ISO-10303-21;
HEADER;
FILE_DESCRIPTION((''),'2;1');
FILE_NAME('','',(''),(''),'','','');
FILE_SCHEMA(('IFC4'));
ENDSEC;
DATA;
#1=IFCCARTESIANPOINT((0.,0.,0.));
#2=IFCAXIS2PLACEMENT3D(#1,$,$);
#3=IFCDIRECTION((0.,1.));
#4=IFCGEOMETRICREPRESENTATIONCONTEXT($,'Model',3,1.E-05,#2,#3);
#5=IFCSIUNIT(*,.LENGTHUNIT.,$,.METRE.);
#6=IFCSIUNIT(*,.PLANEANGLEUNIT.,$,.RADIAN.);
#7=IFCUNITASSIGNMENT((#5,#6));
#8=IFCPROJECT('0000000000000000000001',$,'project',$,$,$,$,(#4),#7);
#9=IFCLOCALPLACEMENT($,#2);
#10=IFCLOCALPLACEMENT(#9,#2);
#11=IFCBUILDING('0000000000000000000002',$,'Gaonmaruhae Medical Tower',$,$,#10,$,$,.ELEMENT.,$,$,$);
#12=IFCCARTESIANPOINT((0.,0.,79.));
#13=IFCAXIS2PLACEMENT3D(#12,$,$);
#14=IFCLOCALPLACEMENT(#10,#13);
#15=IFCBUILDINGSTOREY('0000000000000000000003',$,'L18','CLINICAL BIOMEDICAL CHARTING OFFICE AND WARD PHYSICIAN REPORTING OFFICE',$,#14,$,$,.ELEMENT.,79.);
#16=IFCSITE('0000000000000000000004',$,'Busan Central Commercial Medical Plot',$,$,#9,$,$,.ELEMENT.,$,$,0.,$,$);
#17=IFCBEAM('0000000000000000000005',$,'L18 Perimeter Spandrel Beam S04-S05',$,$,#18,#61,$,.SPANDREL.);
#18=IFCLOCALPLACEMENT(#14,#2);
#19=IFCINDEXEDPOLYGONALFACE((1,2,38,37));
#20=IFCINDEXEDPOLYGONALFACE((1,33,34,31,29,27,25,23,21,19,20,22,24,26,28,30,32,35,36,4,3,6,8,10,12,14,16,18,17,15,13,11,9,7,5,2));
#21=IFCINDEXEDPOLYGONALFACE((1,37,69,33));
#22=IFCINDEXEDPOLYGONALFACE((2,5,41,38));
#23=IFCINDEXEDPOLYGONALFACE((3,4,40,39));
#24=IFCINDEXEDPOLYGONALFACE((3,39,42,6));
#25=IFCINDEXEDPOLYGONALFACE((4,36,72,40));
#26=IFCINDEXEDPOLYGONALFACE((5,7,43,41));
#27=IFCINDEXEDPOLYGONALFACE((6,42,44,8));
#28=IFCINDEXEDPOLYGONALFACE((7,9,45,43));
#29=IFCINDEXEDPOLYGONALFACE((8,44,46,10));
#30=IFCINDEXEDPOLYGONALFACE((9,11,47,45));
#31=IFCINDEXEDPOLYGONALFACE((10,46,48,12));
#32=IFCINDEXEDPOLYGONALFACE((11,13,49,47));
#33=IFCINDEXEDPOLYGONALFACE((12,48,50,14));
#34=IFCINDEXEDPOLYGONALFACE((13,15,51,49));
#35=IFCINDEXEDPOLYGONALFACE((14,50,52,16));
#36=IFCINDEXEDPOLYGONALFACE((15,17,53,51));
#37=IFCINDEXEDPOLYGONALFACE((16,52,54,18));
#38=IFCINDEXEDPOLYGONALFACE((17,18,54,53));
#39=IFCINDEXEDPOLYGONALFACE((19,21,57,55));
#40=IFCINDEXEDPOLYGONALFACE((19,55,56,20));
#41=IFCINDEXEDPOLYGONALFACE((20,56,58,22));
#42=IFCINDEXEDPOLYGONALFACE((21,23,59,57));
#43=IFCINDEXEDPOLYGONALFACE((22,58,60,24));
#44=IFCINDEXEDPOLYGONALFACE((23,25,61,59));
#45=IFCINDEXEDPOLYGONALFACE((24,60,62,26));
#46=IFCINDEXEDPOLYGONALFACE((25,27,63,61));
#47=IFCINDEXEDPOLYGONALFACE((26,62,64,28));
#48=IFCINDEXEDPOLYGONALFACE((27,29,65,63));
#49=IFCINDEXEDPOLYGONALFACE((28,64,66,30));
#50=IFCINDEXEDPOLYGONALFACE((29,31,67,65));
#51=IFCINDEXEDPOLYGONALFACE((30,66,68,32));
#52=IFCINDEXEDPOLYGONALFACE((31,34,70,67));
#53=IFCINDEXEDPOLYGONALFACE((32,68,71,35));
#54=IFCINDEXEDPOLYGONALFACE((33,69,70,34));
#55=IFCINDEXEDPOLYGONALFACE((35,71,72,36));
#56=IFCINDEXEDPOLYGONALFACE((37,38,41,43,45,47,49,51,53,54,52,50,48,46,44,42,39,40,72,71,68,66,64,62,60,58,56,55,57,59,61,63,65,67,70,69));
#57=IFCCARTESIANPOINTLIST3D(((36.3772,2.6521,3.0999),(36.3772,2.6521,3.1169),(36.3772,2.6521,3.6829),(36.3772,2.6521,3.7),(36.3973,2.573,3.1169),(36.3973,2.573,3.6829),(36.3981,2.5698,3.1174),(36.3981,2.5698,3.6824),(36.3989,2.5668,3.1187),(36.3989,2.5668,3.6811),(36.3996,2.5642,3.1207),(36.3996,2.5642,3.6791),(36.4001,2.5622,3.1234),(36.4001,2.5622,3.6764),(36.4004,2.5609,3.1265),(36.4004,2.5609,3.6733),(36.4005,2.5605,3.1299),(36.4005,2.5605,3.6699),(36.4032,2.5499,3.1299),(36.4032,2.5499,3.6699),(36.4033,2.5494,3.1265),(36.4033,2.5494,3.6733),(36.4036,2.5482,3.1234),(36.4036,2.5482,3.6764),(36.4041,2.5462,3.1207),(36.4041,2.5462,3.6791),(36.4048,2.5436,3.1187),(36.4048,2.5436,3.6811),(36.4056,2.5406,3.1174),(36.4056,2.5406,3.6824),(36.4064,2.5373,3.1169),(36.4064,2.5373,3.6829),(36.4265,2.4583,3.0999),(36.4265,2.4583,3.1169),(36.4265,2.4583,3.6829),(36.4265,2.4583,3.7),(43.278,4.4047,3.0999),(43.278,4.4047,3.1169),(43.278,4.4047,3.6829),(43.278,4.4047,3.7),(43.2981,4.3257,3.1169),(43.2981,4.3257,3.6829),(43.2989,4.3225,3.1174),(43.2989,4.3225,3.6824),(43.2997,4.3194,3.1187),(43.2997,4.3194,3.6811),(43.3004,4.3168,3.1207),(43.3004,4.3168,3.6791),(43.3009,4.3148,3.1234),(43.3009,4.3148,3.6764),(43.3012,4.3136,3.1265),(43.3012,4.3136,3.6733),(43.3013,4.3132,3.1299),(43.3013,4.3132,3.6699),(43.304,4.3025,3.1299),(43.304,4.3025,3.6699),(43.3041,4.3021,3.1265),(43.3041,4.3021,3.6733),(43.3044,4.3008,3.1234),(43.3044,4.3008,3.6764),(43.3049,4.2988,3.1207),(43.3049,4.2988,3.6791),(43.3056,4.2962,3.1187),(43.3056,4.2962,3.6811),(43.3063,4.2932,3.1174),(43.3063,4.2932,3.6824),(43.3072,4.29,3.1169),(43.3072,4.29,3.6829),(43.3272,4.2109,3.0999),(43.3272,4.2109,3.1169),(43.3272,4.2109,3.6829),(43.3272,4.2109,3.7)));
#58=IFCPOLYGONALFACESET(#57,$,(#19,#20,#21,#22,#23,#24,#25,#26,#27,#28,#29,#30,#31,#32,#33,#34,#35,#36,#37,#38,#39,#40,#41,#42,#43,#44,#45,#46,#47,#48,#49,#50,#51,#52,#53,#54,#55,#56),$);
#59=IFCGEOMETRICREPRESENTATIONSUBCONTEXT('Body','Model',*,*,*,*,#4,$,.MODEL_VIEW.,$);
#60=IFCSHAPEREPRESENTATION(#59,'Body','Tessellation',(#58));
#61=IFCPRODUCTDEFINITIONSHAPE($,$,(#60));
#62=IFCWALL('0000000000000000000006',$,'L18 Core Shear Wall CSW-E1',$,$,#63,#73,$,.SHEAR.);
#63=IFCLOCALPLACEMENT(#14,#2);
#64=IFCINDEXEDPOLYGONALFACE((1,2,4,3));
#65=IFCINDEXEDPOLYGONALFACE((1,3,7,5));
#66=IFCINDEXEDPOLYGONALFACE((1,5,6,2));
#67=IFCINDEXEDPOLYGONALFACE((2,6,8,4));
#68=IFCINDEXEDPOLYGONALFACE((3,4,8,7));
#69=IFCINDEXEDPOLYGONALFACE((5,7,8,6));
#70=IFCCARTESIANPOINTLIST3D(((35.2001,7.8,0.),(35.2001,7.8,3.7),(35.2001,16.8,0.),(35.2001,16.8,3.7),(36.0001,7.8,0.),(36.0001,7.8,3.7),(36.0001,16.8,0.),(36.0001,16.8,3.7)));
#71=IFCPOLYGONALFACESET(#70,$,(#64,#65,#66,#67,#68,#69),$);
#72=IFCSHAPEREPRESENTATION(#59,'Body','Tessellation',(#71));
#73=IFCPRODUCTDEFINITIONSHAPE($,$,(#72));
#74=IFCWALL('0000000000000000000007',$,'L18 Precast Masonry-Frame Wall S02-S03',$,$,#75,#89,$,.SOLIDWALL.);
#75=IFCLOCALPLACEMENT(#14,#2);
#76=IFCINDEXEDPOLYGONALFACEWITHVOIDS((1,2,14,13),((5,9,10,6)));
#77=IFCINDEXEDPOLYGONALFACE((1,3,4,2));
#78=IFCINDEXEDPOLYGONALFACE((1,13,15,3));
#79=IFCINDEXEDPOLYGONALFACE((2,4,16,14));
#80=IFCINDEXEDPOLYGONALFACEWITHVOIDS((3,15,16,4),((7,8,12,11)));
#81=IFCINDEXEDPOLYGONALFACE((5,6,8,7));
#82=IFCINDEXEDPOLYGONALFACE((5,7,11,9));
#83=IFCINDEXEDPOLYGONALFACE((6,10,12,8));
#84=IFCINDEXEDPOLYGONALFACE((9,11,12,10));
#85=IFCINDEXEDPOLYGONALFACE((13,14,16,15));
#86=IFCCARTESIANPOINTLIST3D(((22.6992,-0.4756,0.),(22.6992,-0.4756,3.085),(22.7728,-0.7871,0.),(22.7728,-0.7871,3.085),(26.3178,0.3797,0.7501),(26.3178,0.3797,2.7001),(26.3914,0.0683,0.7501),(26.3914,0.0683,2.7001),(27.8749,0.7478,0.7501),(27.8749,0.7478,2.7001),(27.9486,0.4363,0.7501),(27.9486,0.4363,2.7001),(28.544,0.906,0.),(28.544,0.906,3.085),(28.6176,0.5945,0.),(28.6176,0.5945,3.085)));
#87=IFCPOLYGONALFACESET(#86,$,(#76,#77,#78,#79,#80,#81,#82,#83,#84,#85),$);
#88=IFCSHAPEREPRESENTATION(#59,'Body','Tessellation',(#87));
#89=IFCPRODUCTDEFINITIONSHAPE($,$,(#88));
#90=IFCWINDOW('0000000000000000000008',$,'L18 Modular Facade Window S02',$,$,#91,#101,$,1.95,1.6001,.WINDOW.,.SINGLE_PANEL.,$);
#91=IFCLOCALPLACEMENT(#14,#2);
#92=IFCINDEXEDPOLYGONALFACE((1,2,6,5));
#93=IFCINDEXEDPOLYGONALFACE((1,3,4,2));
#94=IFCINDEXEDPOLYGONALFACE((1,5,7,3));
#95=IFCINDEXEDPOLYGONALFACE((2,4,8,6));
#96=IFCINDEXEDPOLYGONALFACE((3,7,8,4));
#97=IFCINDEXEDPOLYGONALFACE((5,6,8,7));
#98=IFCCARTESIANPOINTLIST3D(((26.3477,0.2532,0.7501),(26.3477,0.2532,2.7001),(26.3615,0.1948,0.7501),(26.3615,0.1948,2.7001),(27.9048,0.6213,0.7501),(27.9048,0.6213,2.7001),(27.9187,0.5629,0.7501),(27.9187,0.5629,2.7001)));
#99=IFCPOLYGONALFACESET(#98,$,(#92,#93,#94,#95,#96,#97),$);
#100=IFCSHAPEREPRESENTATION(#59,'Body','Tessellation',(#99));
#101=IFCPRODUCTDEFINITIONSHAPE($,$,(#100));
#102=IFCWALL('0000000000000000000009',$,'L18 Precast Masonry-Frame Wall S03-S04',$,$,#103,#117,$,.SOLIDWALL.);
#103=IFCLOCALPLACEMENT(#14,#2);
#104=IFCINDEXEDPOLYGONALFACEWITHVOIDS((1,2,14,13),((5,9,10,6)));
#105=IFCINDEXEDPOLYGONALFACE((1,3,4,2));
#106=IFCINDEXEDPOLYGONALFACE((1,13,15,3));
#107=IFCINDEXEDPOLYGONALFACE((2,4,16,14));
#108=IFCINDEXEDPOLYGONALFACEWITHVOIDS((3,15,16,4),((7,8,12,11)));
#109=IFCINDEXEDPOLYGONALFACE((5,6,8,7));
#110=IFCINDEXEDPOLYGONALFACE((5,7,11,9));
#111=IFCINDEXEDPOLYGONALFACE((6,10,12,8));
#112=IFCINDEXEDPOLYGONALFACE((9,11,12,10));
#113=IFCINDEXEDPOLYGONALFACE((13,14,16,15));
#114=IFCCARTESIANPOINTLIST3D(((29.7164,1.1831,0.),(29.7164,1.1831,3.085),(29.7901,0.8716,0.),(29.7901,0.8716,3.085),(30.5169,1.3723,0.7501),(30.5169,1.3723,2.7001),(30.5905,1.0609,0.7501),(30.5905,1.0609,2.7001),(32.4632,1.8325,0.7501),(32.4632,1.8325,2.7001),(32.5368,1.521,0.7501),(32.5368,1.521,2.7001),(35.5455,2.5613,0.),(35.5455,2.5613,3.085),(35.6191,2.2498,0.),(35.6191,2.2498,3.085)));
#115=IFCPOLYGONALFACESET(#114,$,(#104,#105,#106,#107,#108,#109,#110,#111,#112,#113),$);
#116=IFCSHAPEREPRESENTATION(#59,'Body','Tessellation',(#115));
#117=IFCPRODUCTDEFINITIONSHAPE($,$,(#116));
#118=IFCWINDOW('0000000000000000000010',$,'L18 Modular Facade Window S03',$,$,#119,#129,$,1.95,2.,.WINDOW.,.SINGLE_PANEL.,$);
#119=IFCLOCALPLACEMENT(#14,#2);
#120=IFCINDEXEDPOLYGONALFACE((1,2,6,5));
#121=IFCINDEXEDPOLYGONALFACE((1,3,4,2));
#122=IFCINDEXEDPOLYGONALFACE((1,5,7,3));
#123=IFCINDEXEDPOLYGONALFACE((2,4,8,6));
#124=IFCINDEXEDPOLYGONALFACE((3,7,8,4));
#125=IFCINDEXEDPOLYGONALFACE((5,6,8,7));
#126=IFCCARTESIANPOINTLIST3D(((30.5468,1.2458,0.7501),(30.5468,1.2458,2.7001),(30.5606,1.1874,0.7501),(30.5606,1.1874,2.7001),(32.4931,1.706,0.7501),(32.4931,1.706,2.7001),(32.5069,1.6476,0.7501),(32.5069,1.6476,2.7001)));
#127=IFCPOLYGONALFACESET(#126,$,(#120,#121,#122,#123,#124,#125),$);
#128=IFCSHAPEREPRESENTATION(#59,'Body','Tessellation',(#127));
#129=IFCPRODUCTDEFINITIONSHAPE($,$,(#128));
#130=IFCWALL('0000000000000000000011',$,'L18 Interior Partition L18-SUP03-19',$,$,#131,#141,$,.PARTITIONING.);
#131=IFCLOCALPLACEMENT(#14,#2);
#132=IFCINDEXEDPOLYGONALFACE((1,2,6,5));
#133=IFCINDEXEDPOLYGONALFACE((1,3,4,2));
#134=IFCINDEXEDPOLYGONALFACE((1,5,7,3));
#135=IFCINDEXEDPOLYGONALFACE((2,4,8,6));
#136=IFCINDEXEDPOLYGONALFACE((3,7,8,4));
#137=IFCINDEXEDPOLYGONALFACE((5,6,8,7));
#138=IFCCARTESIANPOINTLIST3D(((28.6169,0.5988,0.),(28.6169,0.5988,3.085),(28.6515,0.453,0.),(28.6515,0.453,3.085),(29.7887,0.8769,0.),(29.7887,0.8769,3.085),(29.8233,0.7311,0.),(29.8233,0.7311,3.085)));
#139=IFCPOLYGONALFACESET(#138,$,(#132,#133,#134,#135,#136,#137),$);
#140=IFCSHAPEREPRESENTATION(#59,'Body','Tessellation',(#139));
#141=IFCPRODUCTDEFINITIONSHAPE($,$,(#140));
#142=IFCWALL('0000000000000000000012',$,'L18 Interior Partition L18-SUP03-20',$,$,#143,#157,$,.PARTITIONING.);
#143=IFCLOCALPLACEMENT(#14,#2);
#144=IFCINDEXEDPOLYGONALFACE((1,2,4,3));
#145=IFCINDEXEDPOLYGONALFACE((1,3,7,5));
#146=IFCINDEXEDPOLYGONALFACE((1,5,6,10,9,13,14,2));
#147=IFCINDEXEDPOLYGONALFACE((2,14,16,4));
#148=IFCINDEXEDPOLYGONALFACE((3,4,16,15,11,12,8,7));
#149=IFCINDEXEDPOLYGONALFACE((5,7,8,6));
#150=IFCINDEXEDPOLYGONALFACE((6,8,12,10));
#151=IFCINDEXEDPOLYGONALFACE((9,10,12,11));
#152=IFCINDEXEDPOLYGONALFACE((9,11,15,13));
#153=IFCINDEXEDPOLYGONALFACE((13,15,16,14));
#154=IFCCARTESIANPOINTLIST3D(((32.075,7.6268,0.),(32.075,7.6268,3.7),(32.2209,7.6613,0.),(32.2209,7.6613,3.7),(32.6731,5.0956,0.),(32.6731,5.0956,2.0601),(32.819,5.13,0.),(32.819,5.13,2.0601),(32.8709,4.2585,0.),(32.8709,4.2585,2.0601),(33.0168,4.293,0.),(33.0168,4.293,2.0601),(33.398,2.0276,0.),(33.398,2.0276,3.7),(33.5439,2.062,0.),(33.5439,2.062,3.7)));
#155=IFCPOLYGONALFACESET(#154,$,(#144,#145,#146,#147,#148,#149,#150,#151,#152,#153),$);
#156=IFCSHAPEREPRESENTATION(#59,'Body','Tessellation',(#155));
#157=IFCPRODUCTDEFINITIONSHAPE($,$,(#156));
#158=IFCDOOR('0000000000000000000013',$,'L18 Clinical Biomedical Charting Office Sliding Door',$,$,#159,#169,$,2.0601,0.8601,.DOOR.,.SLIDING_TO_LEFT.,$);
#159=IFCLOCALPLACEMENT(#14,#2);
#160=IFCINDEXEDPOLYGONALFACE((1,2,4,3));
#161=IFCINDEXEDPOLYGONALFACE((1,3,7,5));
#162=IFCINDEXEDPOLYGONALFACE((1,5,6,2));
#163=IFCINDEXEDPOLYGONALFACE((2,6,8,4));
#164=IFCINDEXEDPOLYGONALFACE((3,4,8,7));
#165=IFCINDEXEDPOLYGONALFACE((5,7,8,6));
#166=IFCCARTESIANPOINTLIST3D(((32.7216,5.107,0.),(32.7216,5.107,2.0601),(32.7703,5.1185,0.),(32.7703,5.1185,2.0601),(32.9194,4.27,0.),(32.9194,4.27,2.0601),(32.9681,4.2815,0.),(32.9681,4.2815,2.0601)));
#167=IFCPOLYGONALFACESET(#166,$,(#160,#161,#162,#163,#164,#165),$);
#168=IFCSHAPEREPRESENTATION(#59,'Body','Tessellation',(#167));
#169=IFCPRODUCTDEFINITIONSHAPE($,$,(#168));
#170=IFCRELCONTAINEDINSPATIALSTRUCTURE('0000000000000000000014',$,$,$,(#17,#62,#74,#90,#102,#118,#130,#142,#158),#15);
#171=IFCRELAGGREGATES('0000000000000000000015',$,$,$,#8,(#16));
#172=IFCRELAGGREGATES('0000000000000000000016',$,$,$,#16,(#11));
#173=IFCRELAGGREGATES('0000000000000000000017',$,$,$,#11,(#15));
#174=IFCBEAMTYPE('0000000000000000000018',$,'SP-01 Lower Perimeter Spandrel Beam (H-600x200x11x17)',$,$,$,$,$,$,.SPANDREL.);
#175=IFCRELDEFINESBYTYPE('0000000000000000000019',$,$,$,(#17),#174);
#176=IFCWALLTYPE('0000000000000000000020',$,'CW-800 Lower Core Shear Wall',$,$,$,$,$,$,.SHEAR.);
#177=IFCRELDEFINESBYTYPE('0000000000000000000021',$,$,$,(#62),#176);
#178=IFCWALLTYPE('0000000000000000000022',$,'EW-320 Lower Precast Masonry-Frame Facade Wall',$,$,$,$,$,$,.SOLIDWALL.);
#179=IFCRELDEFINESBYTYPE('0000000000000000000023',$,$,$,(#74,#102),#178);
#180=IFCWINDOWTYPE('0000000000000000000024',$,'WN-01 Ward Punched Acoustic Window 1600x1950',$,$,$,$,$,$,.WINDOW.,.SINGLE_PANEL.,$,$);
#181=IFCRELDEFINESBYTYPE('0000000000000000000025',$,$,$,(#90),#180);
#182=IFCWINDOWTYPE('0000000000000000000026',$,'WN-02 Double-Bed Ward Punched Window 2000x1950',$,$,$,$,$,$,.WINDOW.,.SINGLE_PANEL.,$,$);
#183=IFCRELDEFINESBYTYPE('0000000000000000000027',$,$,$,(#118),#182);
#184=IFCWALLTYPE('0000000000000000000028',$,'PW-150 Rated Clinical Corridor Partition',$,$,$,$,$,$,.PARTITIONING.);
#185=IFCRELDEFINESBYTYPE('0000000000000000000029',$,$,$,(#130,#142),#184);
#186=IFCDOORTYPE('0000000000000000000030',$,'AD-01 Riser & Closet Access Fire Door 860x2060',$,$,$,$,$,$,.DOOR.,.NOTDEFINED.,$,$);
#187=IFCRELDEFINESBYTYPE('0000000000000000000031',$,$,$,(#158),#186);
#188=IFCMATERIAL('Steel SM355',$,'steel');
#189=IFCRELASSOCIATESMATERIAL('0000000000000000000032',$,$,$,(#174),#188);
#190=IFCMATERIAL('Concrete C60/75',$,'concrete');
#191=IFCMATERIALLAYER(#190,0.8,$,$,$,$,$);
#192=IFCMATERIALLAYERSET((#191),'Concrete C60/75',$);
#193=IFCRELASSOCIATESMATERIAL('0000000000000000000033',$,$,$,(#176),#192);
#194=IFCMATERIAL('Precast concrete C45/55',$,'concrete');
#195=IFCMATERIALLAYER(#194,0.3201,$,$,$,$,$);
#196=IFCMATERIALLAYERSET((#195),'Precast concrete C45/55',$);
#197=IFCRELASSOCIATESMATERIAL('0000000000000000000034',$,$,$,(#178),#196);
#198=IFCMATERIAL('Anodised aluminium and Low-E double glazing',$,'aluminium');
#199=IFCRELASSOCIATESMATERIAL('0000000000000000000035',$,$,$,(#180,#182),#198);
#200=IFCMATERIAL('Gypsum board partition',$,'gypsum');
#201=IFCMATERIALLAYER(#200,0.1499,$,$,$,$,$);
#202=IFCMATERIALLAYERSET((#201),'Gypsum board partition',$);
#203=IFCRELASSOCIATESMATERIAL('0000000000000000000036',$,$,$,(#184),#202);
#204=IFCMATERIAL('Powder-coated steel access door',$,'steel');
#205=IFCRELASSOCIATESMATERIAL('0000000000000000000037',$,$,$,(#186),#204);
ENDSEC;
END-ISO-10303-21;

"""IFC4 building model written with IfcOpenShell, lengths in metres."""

from ifc_helpers import new_model, si_unit, direction, frame, frame_2d, origin, origin_2d, place, context, subcontext, project, spatial, rectangle, i_section, extrude, material, layer, layer_set, material_profile, profile_set, type_object, element, fill, save


model = new_model("IFC4")

# Units and contexts
model_context = context("Model", 3, precision=1e-05, world=origin(), true_north=direction((0.0, 1.0)))
body_context = subcontext(model_context, "Body", "Model", "MODEL_VIEW")
ifc_project = project(units=[si_unit("LENGTHUNIT", "METRE"), si_unit("PLANEANGLEUNIT", "RADIAN")], contexts=[model_context])

# Site, building, storey
site_placement = place(None, origin())
site = spatial("IfcSite", under=ifc_project, at=site_placement, Name="Busan Central Commercial Medical Plot", CompositionType="ELEMENT", RefElevation=0.0)
building_placement = place(site_placement, origin())
building = spatial("IfcBuilding", under=site, at=building_placement, Name="Gaonmaruhae Medical Tower", CompositionType="ELEMENT")
storey_placement = place(building_placement, frame((0.0, 0.0, 79.0)))
storey = spatial("IfcBuildingStorey", under=building, at=storey_placement, Name="L18", Description="CLINICAL BIOMEDICAL CHARTING OFFICE AND WARD PHYSICIAN REPORTING OFFICE", CompositionType="ELEMENT", Elevation=79.0)

# Shared definitions
ifc_material_1 = material(Name="Concrete C60/75", Category="concrete")

# Beam
ifc_material_2 = material(Name="Steel SM355", Category="steel")
ifc_material_profile_1 = material_profile(ifc_material_2, i_section(OverallWidth=0.2, OverallDepth=0.6001, WebThickness=0.011, FlangeThickness=0.0171, FilletRadius=0.0129, at=origin_2d()), Name="H-600x200x11x17")
ifc_profile_set_1 = profile_set([ifc_material_profile_1], Name="Steel SM355")
beam_type_1 = type_object("IfcBeamType", Name="SP-01 Lower Perimeter Spandrel Beam (H-600x200x11x17)", PredefinedType="SPANDREL", material=ifc_profile_set_1)
for number, where, z_axis, x_axis, name in (
    (1, (36.4019, 2.5552, 3.3999), (0.969228, 0.246165, 0.0), (-0.246165, 0.969228, 0.0), "L18 Perimeter Spandrel Beam S04-S05"),
):
    element("IfcBeam", number, at=place(storey_placement, frame(where, z_axis=z_axis, x_axis=x_axis)), inside=storey, type_object=beam_type_1, Name=name, PredefinedType="SPANDREL", context=body_context, shape_type="SweptSolid", body=[
        extrude(i_section(OverallWidth=0.2, OverallDepth=0.6001, WebThickness=0.011, FlangeThickness=0.0171, FilletRadius=0.0129, at=origin_2d()), origin(), (0.0, 0.0, 1.0), 7.1199),
    ])

# Wall
ifc_layer_1 = layer(ifc_material_1, 0.8)
ifc_layer_set_1 = layer_set([ifc_layer_1], Name="Concrete C60/75")
wall_type_1 = type_object("IfcWallType", Name="CW-800 Lower Core Shear Wall", PredefinedType="SHEAR", material=ifc_layer_set_1)
wall_1_placement = place(storey_placement, frame((35.6001, 7.8, 0.0), z_axis=(0.0, 0.0, 1.0), x_axis=(0.0, 1.0, 0.0)))
element("IfcWall", 2, at=wall_1_placement, inside=storey, type_object=wall_type_1, Name="L18 Core Shear Wall CSW-E1", PredefinedType="SHEAR", context=body_context, shape_type="SweptSolid", body=[
    extrude(rectangle(XDim=9.0, YDim=0.8, at=frame_2d((4.5, 0.0))), origin(), (0.0, 0.0, 1.0), 3.7),
])

# Walls, openings, windows
ifc_material_3 = material(Name="Precast concrete C45/55", Category="concrete")
ifc_layer_2 = layer(ifc_material_3, 0.3201)
ifc_layer_set_2 = layer_set([ifc_layer_2], Name="Precast concrete C45/55")
wall_type_2 = type_object("IfcWallType", Name="EW-320 Lower Precast Masonry-Frame Facade Wall", PredefinedType="SOLIDWALL", material=ifc_layer_set_2)
wall_2_placement = place(storey_placement, frame((28.5808, 0.7502, 0.0), z_axis=(0.0, 0.0, 1.0), x_axis=(-0.97318, -0.230043, 0.0)))
wall_2 = element("IfcWall", 3, at=wall_2_placement, inside=storey, type_object=wall_type_2, Name="L18 Precast Masonry-Frame Wall S02-S03", PredefinedType="SOLIDWALL", context=body_context, shape_type="SweptSolid", body=[
    extrude(rectangle(XDim=6.0059, YDim=0.3201, at=frame_2d((3.0029, 0.0))), origin(), (0.0, 0.0, 1.0), 3.085),
])
opening_1_placement = place(wall_2_placement, frame((0.6875, 0.0, 0.75)))
opening_1 = element("IfcOpeningElement", 4, at=opening_1_placement, cuts=wall_2, PredefinedType="OPENING", context=body_context, shape_type="SweptSolid", body=[
    extrude(rectangle(XDim=1.6001, YDim=1.95, at=frame_2d((0.8, 0.9751))), frame((0.0, 0.1699, 0.0), z_axis=(0.0, -1.0, 0.0), x_axis=(1.0, 0.0, 0.0)), (0.0, 0.0, 1.0), 0.3401),
])
ifc_material_4 = material(Name="Anodised aluminium and Low-E double glazing", Category="aluminium")
window_type_1 = type_object("IfcWindowType", Name="WN-01 Ward Punched Acoustic Window 1600x1950", PartitioningType="SINGLE_PANEL", PredefinedType="WINDOW", material=ifc_material_4)
window_1_placement = place(opening_1_placement, origin())
window_1 = element("IfcWindow", 5, at=window_1_placement, inside=storey, type_object=window_type_1, Name="L18 Modular Facade Window S02", OverallHeight=1.95, OverallWidth=1.6001, PartitioningType="SINGLE_PANEL", PredefinedType="WINDOW", context=body_context, shape_type="SweptSolid", body=[
    extrude(rectangle(XDim=1.6001, YDim=1.95, at=frame_2d((0.8, 0.9751))), frame((0.0, 0.03, 0.0), z_axis=(0.0, -1.0, 0.0), x_axis=(1.0, 0.0, 0.0)), (0.0, 0.0, 1.0), 0.0601),
])
fill(opening_1, window_1)
wall_3_placement = place(storey_placement, frame((35.5823, 2.4055, 0.0), z_axis=(0.0, 0.0, 1.0), x_axis=(-0.97317, -0.230087, 0.0)))
wall_3 = element("IfcWall", 6, at=wall_3_placement, inside=storey, type_object=wall_type_2, Name="L18 Precast Masonry-Frame Wall S03-S04", PredefinedType="SOLIDWALL", context=body_context, shape_type="SweptSolid", body=[
    extrude(rectangle(XDim=5.9897, YDim=0.3201, at=frame_2d((2.9949, 0.0))), origin(), (0.0, 0.0, 1.0), 3.085),
])
opening_2_placement = place(wall_3_placement, frame((3.1672, 0.0, 0.75)))
opening_2 = element("IfcOpeningElement", 7, at=opening_2_placement, cuts=wall_3, PredefinedType="OPENING", context=body_context, shape_type="SweptSolid", body=[
    extrude(rectangle(XDim=2.0, YDim=1.95, at=frame_2d((1.0, 0.9751))), frame((0.0, 0.1699, 0.0), z_axis=(0.0, -1.0, 0.0), x_axis=(1.0, 0.0, 0.0)), (0.0, 0.0, 1.0), 0.3401),
])
window_type_2 = type_object("IfcWindowType", Name="WN-02 Double-Bed Ward Punched Window 2000x1950", PartitioningType="SINGLE_PANEL", PredefinedType="WINDOW", material=ifc_material_4)
window_2_placement = place(opening_2_placement, origin())
window_2 = element("IfcWindow", 8, at=window_2_placement, inside=storey, type_object=window_type_2, Name="L18 Modular Facade Window S03", OverallHeight=1.95, OverallWidth=2.0, PartitioningType="SINGLE_PANEL", PredefinedType="WINDOW", context=body_context, shape_type="SweptSolid", body=[
    extrude(rectangle(XDim=2.0, YDim=1.95, at=frame_2d((1.0, 0.9751))), frame((0.0, 0.03, 0.0), z_axis=(0.0, -1.0, 0.0), x_axis=(1.0, 0.0, 0.0)), (0.0, 0.0, 1.0), 0.0601),
])
fill(opening_2, window_2)

# Wall
ifc_material_5 = material(Name="Gypsum board partition", Category="gypsum")
ifc_layer_3 = layer(ifc_material_5, 0.1499)
ifc_layer_set_3 = layer_set([ifc_layer_3], Name="Gypsum board partition")
wall_type_3 = type_object("IfcWallType", Name="PW-150 Rated Clinical Corridor Partition", PredefinedType="PARTITIONING", material=ifc_layer_set_3)
wall_4_placement = place(storey_placement, frame((29.8059, 0.804, 0.0), z_axis=(0.0, 0.0, 1.0), x_axis=(-0.972982, -0.230881, 0.0)))
element("IfcWall", 9, at=wall_4_placement, inside=storey, type_object=wall_type_3, Name="L18 Interior Partition L18-SUP03-19", PredefinedType="PARTITIONING", context=body_context, shape_type="SweptSolid", body=[
    extrude(rectangle(XDim=1.2043, YDim=0.1499, at=frame_2d((0.6021, 0.0))), origin(), (0.0, 0.0, 1.0), 3.085),
])

# Wall, opening, door
wall_5_placement = place(storey_placement, frame((32.1479, 7.644, 0.0), z_axis=(0.0, 0.0, 1.0), x_axis=(0.229955, -0.973201, 0.0)))
wall_5 = element("IfcWall", 10, at=wall_5_placement, inside=storey, type_object=wall_type_3, Name="L18 Interior Partition L18-SUP03-20", PredefinedType="PARTITIONING", context=body_context, shape_type="SweptSolid", body=[
    extrude(rectangle(XDim=5.7534, YDim=0.1499, at=frame_2d((2.8767, 0.0))), origin(), (0.0, 0.0, 1.0), 3.7),
])
opening_3_placement = place(wall_5_placement, frame((2.6008, 0.0, 0.0)))
opening_3 = element("IfcOpeningElement", 11, at=opening_3_placement, cuts=wall_5, PredefinedType="OPENING", context=body_context, shape_type="SweptSolid", body=[
    extrude(rectangle(XDim=0.8601, YDim=2.0601, at=frame_2d((0.4302, 1.03))), frame((0.0, 0.085, 0.0), z_axis=(0.0, -1.0, 0.0), x_axis=(1.0, 0.0, 0.0)), (0.0, 0.0, 1.0), 0.1699),
])
ifc_material_6 = material(Name="Powder-coated steel access door", Category="steel")
door_type = type_object("IfcDoorType", Name="AD-01 Riser & Closet Access Fire Door 860x2060", OperationType="NOTDEFINED", PredefinedType="DOOR", material=ifc_material_6)
door_placement = place(opening_3_placement, origin())
door = element("IfcDoor", 12, at=door_placement, inside=storey, type_object=door_type, Name="L18 Clinical Biomedical Charting Office Sliding Door", OperationType="SLIDING_TO_LEFT", OverallHeight=2.0601, OverallWidth=0.8601, PredefinedType="DOOR", context=body_context, shape_type="SweptSolid", body=[
    extrude(rectangle(XDim=0.8601, YDim=2.0601, at=frame_2d((0.4302, 1.03))), frame((0.0, 0.0249, 0.0), z_axis=(0.0, -1.0, 0.0), x_axis=(1.0, 0.0, 0.0)), (0.0, 0.0, 1.0), 0.05),
])
fill(opening_3, door)

save(model, "model.ifc")
